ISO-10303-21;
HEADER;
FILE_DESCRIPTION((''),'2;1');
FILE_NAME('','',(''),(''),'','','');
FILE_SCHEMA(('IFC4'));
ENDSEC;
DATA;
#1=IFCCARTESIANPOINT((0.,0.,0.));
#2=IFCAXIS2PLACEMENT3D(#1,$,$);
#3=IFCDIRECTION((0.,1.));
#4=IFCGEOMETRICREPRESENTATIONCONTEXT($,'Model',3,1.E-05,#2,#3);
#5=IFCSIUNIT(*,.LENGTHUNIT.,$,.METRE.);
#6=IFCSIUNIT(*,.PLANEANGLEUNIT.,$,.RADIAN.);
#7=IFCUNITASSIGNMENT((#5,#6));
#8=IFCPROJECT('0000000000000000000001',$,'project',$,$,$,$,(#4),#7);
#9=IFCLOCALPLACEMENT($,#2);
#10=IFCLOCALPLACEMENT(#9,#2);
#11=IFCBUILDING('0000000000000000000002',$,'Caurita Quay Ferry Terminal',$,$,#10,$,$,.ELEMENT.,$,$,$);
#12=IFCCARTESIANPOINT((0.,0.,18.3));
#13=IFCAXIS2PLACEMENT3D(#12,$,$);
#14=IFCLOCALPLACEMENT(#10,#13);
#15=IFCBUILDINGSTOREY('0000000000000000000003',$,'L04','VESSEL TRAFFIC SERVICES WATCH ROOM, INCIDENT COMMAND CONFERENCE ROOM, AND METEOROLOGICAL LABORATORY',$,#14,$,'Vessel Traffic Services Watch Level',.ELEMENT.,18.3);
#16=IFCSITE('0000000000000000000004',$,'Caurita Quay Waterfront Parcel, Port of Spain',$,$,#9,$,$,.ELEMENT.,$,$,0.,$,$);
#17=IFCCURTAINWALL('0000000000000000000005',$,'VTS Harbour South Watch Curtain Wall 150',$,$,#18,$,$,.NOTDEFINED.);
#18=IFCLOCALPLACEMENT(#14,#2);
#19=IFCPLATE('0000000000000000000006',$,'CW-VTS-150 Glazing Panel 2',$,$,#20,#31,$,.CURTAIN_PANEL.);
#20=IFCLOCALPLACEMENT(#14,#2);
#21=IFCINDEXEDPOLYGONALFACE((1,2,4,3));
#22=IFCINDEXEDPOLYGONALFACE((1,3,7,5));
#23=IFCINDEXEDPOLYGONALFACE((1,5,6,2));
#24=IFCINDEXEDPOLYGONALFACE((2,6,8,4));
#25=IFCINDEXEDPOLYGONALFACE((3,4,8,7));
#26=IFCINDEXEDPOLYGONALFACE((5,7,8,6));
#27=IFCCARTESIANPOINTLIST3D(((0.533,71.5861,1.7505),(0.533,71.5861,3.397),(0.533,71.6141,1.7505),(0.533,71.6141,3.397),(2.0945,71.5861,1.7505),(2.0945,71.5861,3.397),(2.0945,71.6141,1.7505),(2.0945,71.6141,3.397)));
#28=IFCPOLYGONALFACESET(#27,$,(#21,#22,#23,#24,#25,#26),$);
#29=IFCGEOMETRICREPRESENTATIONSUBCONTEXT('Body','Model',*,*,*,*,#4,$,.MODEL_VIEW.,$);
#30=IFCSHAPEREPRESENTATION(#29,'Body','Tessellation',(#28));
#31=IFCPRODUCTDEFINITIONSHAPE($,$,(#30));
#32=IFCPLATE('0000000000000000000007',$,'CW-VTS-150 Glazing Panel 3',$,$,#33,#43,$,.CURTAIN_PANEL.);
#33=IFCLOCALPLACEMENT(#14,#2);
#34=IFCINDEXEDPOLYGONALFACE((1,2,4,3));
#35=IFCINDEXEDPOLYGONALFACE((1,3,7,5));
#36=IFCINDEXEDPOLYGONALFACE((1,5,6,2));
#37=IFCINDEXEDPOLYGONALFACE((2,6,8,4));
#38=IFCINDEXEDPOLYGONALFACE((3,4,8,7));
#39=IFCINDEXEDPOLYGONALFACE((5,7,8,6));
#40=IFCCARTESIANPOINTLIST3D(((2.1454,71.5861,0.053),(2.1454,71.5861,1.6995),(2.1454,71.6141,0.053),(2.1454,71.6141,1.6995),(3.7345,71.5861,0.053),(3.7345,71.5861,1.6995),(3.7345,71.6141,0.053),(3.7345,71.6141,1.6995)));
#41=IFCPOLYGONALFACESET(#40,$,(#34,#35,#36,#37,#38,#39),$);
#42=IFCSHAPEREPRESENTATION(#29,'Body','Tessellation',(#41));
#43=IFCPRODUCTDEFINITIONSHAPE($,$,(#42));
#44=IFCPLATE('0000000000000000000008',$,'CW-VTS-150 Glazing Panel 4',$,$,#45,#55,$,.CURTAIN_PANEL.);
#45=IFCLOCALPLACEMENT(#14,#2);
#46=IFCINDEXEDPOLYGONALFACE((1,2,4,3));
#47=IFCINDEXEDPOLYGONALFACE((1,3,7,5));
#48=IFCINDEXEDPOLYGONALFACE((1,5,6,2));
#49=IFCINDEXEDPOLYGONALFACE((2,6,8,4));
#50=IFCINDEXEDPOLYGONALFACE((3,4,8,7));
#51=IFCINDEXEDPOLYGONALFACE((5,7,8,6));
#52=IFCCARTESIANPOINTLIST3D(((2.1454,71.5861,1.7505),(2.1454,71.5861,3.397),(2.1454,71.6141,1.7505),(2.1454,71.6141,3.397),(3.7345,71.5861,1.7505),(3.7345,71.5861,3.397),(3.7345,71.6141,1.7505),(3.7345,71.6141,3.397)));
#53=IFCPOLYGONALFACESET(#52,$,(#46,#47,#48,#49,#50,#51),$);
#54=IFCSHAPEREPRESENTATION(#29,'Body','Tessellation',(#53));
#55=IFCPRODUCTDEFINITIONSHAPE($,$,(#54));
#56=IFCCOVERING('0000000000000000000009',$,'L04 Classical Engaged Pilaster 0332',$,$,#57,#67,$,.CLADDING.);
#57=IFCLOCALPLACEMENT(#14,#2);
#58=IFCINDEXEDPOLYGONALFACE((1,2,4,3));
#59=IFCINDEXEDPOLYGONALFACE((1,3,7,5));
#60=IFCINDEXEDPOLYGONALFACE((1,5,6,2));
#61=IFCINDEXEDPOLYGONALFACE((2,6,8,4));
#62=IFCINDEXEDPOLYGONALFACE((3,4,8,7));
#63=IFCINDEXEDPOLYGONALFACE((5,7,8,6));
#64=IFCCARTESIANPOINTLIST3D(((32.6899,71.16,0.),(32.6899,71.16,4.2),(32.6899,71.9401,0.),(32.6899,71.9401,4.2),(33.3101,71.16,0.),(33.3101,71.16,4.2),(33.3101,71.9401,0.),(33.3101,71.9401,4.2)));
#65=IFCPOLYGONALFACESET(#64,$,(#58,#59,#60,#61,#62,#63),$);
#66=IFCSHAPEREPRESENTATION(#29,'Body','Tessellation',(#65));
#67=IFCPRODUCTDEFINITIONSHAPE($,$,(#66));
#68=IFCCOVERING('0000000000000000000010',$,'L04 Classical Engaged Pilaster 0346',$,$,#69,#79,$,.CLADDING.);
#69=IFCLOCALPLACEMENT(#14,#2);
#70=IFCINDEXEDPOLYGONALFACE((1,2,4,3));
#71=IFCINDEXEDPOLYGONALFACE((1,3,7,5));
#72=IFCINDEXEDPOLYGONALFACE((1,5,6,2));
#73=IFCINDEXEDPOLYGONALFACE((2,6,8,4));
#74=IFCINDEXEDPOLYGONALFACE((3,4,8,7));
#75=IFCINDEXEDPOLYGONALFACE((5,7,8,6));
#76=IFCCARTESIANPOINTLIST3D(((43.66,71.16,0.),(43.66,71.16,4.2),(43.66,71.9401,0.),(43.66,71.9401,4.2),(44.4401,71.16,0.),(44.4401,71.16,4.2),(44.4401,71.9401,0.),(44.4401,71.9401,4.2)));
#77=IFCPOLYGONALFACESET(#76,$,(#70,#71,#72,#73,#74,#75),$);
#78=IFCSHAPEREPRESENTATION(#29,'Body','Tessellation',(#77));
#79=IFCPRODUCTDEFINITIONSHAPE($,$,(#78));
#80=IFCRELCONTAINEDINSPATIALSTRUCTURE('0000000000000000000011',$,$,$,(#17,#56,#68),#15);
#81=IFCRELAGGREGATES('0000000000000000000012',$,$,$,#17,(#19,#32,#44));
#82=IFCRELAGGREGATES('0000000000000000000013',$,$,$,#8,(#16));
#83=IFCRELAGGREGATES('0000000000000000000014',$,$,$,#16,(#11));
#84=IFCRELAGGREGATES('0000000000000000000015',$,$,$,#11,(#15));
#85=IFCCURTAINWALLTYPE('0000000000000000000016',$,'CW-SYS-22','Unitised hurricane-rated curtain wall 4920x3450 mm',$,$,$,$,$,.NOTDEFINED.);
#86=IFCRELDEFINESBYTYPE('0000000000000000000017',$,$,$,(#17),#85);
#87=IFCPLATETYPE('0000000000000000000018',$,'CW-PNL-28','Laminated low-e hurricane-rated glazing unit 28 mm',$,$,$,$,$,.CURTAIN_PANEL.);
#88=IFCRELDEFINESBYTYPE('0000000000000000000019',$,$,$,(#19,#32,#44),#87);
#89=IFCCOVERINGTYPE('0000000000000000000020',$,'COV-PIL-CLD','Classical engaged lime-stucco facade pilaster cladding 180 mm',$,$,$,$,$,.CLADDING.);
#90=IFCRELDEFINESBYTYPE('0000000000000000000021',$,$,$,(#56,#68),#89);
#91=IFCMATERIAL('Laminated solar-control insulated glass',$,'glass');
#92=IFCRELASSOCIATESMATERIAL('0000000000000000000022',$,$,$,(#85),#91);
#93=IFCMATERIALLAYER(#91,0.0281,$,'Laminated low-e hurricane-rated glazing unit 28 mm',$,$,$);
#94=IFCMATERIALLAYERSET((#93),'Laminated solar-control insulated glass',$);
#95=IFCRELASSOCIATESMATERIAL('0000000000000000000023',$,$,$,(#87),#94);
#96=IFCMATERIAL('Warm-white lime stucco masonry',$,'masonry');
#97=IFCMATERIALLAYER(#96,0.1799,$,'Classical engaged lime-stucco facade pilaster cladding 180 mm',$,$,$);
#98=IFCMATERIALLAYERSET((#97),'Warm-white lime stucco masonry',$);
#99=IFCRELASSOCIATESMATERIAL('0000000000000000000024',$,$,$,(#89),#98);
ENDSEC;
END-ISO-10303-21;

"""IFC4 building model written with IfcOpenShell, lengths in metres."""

from ifc_helpers import new_model, si_unit, direction, frame, origin, origin_2d, place, context, subcontext, project, spatial, rectangle, extrude, material, layer, layer_set, type_object, element, aggregate, save


model = new_model("IFC4")

# Units and contexts
model_context = context("Model", 3, precision=1e-05, world=origin(), true_north=direction((0.0, 1.0)))
body_context = subcontext(model_context, "Body", "Model", "MODEL_VIEW")
ifc_project = project(units=[si_unit("LENGTHUNIT", "METRE"), si_unit("PLANEANGLEUNIT", "RADIAN")], contexts=[model_context])

# Site, building, storey
site_placement = place(None, origin())
site = spatial("IfcSite", under=ifc_project, at=site_placement, Name="Caurita Quay Waterfront Parcel, Port of Spain", CompositionType="ELEMENT", RefElevation=0.0)
building_placement = place(site_placement, origin())
building = spatial("IfcBuilding", under=site, at=building_placement, Name="Caurita Quay Ferry Terminal", CompositionType="ELEMENT")
storey_placement = place(building_placement, frame((0.0, 0.0, 18.3)))
storey = spatial("IfcBuildingStorey", under=building, at=storey_placement, Name="L04", Description="VESSEL TRAFFIC SERVICES WATCH ROOM, INCIDENT COMMAND CONFERENCE ROOM, AND METEOROLOGICAL LABORATORY", LongName="Vessel Traffic Services Watch Level", CompositionType="ELEMENT", Elevation=18.3)

# Curtain wall, plates
ifc_material_1 = material(Name="Laminated solar-control insulated glass", Category="glass")
curtain_wall_type = type_object("IfcCurtainWallType", Name="CW-SYS-22", Description="Unitised hurricane-rated curtain wall 4920x3450 mm", PredefinedType="NOTDEFINED", material=ifc_material_1)
curtain_wall_placement = place(storey_placement, origin())
curtain_wall = element("IfcCurtainWall", 1, at=curtain_wall_placement, inside=storey, type_object=curtain_wall_type, Name="VTS Harbour South Watch Curtain Wall 150", PredefinedType="NOTDEFINED")
ifc_layer_1 = layer(ifc_material_1, 0.0281, Name="Laminated low-e hurricane-rated glazing unit 28 mm")
ifc_layer_set_1 = layer_set([ifc_layer_1], Name="Laminated solar-control insulated glass")
plate_type = type_object("IfcPlateType", Name="CW-PNL-28", Description="Laminated low-e hurricane-rated glazing unit 28 mm", PredefinedType="CURTAIN_PANEL", material=ifc_layer_set_1)
plate_1_placement = place(storey_placement, frame((1.3137, 71.6001, 1.7505), z_axis=(0.0, 0.0, 1.0), x_axis=(1.0, 0.0, 0.0)))
plate_1 = element("IfcPlate", 2, at=plate_1_placement, type_object=plate_type, Name="CW-VTS-150 Glazing Panel 2", PredefinedType="CURTAIN_PANEL", context=body_context, shape_type="SweptSolid", body=[
    extrude(rectangle(XDim=1.5615, YDim=0.0281, at=origin_2d()), origin(), (0.0, 0.0, 1.0), 1.6465),
])
plate_2_placement = place(storey_placement, frame((2.9399, 71.6001, 0.053), z_axis=(0.0, 0.0, 1.0), x_axis=(1.0, 0.0, 0.0)))
plate_2 = element("IfcPlate", 3, at=plate_2_placement, type_object=plate_type, Name="CW-VTS-150 Glazing Panel 3", PredefinedType="CURTAIN_PANEL", context=body_context, shape_type="SweptSolid", body=[
    extrude(rectangle(XDim=1.5891, YDim=0.0281, at=origin_2d()), origin(), (0.0, 0.0, 1.0), 1.6465),
])
plate_3_placement = place(storey_placement, frame((2.9399, 71.6001, 1.7505), z_axis=(0.0, 0.0, 1.0), x_axis=(1.0, 0.0, 0.0)))
plate_3 = element("IfcPlate", 4, at=plate_3_placement, type_object=plate_type, Name="CW-VTS-150 Glazing Panel 4", PredefinedType="CURTAIN_PANEL", context=body_context, shape_type="SweptSolid", body=[
    extrude(rectangle(XDim=1.5891, YDim=0.0281, at=origin_2d()), origin(), (0.0, 0.0, 1.0), 1.6465),
])
aggregate(curtain_wall, [plate_1, plate_2, plate_3])

# Coverings
ifc_material_2 = material(Name="Warm-white lime stucco masonry", Category="masonry")
ifc_layer_2 = layer(ifc_material_2, 0.1799, Name="Classical engaged lime-stucco facade pilaster cladding 180 mm")
ifc_layer_set_2 = layer_set([ifc_layer_2], Name="Warm-white lime stucco masonry")
covering_type = type_object("IfcCoveringType", Name="COV-PIL-CLD", Description="Classical engaged lime-stucco facade pilaster cladding 180 mm", PredefinedType="CLADDING", material=ifc_layer_set_2)
covering_1_placement = place(storey_placement, frame((33.0, 71.55, 0.0), z_axis=(0.0, 0.0, 1.0), x_axis=(1.0, 0.0, 0.0)))
element("IfcCovering", 5, at=covering_1_placement, inside=storey, type_object=covering_type, Name="L04 Classical Engaged Pilaster 0332", PredefinedType="CLADDING", context=body_context, shape_type="SweptSolid", body=[
    extrude(rectangle(XDim=0.6201, YDim=0.78, at=origin_2d()), origin(), (0.0, 0.0, 1.0), 4.2),
])
covering_2_placement = place(storey_placement, frame((44.05, 71.55, 0.0), z_axis=(0.0, 0.0, 1.0), x_axis=(1.0, 0.0, 0.0)))
element("IfcCovering", 6, at=covering_2_placement, inside=storey, type_object=covering_type, Name="L04 Classical Engaged Pilaster 0346", PredefinedType="CLADDING", context=body_context, shape_type="SweptSolid", body=[
    extrude(rectangle(XDim=0.78, YDim=0.78, at=origin_2d()), origin(), (0.0, 0.0, 1.0), 4.2),
])

save(model, "model.ifc")
